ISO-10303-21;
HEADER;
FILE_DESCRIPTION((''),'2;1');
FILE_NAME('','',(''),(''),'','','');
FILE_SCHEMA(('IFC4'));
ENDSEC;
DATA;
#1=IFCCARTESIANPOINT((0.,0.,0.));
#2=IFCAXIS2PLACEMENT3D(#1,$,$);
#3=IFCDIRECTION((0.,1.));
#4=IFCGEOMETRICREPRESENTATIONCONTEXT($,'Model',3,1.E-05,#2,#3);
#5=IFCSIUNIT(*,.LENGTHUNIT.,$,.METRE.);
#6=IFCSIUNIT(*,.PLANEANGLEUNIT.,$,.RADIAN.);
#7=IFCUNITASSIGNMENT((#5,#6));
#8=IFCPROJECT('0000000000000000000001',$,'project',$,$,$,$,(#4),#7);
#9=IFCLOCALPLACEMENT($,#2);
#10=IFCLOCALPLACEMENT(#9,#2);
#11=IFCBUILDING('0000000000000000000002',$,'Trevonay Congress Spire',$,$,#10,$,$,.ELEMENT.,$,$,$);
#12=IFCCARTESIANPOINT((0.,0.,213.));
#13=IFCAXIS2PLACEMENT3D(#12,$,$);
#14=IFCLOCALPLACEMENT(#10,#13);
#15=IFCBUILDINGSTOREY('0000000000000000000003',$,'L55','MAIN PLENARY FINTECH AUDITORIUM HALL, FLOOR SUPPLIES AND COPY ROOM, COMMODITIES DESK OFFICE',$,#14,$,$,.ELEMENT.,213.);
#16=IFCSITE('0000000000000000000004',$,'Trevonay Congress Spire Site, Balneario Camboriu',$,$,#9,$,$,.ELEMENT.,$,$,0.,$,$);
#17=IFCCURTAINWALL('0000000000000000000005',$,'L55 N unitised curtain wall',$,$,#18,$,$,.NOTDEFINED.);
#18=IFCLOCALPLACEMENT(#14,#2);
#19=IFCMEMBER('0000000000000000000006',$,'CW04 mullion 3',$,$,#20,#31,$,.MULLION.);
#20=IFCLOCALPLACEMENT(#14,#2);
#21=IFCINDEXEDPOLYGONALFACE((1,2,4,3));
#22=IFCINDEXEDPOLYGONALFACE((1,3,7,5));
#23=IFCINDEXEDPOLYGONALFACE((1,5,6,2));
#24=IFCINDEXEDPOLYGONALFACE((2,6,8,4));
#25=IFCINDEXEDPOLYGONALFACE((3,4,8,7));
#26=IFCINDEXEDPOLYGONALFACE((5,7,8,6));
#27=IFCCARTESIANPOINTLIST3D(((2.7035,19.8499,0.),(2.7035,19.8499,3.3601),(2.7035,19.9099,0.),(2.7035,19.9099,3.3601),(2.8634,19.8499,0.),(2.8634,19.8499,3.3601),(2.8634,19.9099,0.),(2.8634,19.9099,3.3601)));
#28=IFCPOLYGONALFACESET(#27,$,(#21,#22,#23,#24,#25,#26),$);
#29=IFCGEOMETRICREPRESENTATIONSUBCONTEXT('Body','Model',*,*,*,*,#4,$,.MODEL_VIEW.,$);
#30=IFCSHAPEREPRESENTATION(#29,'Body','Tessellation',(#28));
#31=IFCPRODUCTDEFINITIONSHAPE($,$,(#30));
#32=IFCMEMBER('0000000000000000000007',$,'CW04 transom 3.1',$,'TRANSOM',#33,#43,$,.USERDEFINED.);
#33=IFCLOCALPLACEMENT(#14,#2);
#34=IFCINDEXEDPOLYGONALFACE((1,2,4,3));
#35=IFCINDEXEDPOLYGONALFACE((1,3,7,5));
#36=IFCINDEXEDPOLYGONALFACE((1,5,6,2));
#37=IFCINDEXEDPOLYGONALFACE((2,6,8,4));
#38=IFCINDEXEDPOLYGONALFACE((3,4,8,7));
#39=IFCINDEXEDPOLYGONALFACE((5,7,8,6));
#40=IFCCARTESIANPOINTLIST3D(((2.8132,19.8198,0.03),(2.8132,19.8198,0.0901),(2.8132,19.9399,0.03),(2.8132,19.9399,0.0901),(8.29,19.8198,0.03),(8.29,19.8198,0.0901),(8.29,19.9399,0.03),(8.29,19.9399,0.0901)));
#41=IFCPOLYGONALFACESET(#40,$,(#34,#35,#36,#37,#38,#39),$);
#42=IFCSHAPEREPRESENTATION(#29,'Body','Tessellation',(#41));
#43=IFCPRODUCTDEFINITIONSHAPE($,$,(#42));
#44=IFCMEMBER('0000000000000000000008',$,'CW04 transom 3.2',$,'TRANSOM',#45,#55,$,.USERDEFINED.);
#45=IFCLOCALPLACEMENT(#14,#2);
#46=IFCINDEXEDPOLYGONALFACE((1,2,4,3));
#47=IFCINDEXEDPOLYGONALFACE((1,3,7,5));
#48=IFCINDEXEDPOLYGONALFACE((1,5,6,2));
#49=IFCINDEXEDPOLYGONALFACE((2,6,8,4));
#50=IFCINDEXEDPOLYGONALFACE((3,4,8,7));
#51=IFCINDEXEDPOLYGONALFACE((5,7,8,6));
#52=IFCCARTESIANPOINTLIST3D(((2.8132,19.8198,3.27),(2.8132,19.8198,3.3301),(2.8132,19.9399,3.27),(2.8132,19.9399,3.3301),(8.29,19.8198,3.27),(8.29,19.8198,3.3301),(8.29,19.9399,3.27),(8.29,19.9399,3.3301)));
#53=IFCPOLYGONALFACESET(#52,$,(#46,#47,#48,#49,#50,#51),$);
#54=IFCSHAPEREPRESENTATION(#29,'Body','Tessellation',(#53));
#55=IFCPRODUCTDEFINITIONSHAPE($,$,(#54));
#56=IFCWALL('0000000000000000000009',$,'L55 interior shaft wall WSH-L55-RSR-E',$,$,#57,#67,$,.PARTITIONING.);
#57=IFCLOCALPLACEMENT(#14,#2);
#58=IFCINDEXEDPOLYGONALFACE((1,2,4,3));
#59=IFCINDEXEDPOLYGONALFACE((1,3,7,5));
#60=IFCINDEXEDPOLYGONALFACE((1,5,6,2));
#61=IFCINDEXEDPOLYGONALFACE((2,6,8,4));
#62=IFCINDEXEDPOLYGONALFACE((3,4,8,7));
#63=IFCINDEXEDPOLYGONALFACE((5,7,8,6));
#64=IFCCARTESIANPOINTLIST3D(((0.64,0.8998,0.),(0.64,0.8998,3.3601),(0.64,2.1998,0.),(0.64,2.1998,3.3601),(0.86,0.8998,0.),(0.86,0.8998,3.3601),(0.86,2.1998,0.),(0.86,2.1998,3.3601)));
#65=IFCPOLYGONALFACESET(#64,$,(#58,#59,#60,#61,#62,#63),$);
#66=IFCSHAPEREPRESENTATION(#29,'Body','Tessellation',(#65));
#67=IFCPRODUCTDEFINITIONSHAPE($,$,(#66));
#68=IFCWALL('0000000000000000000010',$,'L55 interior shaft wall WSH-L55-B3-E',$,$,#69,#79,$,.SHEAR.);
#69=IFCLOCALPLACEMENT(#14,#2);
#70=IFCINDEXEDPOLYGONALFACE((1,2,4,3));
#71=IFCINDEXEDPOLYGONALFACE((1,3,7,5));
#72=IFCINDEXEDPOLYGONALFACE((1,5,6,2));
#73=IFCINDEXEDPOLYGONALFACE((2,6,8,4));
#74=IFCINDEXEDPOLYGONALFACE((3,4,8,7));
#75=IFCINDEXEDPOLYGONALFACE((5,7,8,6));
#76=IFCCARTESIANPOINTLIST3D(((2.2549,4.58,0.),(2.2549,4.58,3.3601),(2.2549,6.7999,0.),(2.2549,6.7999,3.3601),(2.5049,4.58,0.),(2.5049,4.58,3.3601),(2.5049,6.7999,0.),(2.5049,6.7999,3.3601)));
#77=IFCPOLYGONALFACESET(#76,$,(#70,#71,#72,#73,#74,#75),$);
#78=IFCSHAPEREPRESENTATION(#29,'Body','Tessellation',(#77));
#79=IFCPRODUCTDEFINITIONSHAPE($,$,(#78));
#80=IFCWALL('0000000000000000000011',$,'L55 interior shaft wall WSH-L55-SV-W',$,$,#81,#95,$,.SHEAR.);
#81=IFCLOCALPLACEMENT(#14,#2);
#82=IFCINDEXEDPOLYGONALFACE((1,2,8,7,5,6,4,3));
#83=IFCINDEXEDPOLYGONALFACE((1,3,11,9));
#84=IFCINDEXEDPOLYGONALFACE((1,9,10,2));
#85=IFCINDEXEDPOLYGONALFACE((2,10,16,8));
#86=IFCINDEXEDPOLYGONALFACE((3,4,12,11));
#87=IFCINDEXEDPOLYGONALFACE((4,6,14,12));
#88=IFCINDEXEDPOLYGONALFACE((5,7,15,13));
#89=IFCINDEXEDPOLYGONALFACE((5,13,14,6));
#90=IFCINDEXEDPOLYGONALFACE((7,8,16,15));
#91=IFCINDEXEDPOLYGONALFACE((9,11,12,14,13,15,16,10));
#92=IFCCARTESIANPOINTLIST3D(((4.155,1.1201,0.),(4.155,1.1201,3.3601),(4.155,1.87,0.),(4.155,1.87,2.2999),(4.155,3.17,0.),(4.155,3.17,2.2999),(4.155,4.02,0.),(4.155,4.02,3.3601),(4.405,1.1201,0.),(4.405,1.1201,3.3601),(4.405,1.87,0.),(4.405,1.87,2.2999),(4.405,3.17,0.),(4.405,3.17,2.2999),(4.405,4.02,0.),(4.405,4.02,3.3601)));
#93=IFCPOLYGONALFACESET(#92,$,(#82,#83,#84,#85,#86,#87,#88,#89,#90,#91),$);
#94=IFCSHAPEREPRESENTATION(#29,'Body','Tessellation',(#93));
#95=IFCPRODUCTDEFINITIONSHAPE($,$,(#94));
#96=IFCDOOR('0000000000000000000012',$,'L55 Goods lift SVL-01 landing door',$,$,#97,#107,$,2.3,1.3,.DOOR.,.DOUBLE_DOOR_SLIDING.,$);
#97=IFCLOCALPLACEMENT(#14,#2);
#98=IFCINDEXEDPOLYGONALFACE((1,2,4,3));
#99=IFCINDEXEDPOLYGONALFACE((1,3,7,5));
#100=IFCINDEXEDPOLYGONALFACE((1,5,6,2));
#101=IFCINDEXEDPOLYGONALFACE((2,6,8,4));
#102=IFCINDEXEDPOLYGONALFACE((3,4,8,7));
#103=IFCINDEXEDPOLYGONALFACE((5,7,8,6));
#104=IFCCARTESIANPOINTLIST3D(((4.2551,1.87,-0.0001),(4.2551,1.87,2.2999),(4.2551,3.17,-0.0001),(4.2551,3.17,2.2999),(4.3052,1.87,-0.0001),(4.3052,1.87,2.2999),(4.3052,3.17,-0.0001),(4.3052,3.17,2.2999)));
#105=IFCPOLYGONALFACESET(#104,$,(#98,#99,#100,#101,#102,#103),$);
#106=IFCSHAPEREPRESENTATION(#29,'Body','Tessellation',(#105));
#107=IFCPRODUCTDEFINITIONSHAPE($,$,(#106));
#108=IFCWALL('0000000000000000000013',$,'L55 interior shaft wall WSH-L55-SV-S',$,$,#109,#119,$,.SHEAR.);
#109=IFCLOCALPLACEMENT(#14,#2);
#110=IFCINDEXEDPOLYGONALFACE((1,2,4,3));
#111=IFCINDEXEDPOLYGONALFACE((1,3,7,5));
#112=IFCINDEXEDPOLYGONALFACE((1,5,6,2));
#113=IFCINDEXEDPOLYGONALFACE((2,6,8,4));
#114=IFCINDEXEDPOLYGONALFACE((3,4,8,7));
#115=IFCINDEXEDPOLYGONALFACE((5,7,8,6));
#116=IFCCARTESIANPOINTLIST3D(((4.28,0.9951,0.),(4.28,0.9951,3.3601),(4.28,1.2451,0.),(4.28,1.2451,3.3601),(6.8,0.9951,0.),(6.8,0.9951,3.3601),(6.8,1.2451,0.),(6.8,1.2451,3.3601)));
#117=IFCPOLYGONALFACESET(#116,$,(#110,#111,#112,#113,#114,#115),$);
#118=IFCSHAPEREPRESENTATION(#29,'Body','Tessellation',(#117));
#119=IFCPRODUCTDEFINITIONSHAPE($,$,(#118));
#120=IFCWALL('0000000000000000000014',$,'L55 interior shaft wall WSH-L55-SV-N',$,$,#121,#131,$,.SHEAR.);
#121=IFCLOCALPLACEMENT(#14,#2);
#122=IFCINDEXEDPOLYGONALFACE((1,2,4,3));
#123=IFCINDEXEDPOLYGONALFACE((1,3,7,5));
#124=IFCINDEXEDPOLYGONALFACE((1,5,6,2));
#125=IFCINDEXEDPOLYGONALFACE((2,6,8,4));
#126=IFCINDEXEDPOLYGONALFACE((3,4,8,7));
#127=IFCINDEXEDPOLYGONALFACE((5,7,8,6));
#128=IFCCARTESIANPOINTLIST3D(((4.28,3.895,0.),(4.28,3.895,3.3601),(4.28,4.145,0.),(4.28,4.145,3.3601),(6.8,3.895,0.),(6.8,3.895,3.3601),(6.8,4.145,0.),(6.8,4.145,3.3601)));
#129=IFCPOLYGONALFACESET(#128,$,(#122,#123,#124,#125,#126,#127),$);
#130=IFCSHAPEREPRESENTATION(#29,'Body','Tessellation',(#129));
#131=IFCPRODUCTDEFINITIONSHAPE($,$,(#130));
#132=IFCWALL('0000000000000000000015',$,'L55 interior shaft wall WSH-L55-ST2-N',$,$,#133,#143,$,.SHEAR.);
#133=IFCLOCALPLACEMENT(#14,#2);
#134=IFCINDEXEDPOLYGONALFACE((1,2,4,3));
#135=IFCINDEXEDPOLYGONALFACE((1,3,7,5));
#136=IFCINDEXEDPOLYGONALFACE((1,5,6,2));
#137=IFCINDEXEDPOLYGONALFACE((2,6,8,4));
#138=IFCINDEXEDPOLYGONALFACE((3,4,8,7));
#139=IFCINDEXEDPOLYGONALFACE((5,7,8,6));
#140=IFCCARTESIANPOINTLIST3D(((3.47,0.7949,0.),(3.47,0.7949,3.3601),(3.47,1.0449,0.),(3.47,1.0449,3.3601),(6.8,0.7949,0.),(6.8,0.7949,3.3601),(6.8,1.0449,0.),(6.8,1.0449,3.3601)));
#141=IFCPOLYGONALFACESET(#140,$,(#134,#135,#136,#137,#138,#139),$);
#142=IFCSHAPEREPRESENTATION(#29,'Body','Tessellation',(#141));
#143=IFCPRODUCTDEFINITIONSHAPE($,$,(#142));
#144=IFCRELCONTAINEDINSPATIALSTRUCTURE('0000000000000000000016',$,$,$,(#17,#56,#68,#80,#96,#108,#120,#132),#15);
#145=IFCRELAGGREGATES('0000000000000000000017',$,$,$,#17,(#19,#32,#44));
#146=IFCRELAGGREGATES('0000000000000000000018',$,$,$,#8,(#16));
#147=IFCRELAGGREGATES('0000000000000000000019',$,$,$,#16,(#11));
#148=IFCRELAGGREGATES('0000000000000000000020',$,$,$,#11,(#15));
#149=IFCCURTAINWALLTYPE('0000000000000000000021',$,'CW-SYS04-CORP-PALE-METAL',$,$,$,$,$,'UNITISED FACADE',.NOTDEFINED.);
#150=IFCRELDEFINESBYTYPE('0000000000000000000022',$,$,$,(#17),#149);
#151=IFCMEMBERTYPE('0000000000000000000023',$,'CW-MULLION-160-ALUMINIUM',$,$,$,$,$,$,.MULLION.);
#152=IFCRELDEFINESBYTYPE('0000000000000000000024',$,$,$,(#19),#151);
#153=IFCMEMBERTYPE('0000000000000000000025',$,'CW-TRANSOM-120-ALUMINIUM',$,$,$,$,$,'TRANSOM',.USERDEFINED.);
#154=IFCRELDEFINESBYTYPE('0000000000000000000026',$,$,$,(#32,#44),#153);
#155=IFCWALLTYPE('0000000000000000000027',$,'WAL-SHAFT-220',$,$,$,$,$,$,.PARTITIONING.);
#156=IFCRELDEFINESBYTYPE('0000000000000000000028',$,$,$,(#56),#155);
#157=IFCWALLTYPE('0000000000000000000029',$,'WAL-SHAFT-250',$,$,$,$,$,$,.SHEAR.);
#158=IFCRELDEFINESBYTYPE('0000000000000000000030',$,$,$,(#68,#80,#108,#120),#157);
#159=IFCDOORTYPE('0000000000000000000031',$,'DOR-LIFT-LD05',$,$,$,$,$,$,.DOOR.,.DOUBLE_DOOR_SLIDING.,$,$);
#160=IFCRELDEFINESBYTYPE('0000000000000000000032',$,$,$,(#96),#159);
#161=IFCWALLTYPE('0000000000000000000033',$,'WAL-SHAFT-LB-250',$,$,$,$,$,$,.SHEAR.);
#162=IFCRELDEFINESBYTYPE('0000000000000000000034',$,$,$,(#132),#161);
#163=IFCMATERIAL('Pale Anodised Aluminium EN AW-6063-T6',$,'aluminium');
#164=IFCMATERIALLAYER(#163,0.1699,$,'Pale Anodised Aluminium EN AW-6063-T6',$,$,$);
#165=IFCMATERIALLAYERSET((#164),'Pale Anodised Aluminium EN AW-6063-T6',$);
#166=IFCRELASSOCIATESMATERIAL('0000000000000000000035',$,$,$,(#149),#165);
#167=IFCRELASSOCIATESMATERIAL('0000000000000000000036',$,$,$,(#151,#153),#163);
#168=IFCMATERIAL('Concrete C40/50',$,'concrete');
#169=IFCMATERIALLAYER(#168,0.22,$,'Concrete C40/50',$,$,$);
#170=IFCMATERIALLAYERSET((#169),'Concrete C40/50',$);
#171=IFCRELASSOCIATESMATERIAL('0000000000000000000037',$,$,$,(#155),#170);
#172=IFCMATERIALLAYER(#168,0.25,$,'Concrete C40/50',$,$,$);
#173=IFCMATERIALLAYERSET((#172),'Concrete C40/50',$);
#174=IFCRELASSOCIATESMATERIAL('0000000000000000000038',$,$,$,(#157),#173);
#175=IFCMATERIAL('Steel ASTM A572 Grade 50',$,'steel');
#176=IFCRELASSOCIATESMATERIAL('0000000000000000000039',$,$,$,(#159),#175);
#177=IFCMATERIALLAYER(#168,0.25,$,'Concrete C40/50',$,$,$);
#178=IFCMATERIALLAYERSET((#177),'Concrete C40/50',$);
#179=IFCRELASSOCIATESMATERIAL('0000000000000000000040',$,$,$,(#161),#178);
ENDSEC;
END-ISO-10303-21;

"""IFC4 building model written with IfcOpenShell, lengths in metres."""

from ifc_helpers import new_model, si_unit, direction, frame, frame_2d, origin, origin_2d, place, context, subcontext, project, spatial, rectangle, extrude, material, layer, layer_set, material_profile, profile_set, type_object, element, fill, aggregate, save


model = new_model("IFC4")

# Units and contexts
model_context = context("Model", 3, precision=1e-05, world=origin(), true_north=direction((0.0, 1.0)))
body_context = subcontext(model_context, "Body", "Model", "MODEL_VIEW")
ifc_project = project(units=[si_unit("LENGTHUNIT", "METRE"), si_unit("PLANEANGLEUNIT", "RADIAN")], contexts=[model_context])

# Site, building, storey
site_placement = place(None, origin())
site = spatial("IfcSite", under=ifc_project, at=site_placement, Name="Trevonay Congress Spire Site, Balneario Camboriu", CompositionType="ELEMENT", RefElevation=0.0)
building_placement = place(site_placement, origin())
building = spatial("IfcBuilding", under=site, at=building_placement, Name="Trevonay Congress Spire", CompositionType="ELEMENT")
storey_placement = place(building_placement, frame((0.0, 0.0, 213.0)))
storey = spatial("IfcBuildingStorey", under=building, at=storey_placement, Name="L55", Description="MAIN PLENARY FINTECH AUDITORIUM HALL, FLOOR SUPPLIES AND COPY ROOM, COMMODITIES DESK OFFICE", CompositionType="ELEMENT", Elevation=213.0)

# Shared definitions
ifc_material_1 = material(Name="Steel ASTM A572 Grade 50", Category="steel")

# Curtain wall, members
ifc_material_2 = material(Name="Pale Anodised Aluminium EN AW-6063-T6", Category="aluminium")
ifc_layer_1 = layer(ifc_material_2, 0.1699, Name="Pale Anodised Aluminium EN AW-6063-T6")
ifc_layer_set_1 = layer_set([ifc_layer_1], Name="Pale Anodised Aluminium EN AW-6063-T6")
curtain_wall_type = type_object("IfcCurtainWallType", Name="CW-SYS04-CORP-PALE-METAL", ElementType="UNITISED FACADE", PredefinedType="NOTDEFINED", material=ifc_layer_set_1)
curtain_wall_placement = place(storey_placement, origin())
curtain_wall = element("IfcCurtainWall", 1, at=curtain_wall_placement, inside=storey, type_object=curtain_wall_type, Name="L55 N unitised curtain wall", PredefinedType="NOTDEFINED")
ifc_material_profile_1 = material_profile(ifc_material_2, rectangle(XDim=0.0601, YDim=0.1599, at=origin_2d()), Name="CW-MULLION-160-ALUMINIUM")
ifc_profile_set_1 = profile_set([ifc_material_profile_1], Name="Pale Anodised Aluminium EN AW-6063-T6")
member_type_1 = type_object("IfcMemberType", Name="CW-MULLION-160-ALUMINIUM", PredefinedType="MULLION", material=ifc_profile_set_1)
member_1_placement = place(storey_placement, frame((2.7834, 19.8799, 0.0), z_axis=(0.0, 0.0, 1.0), x_axis=(0.0, 1.0, 0.0)))
member_1 = element("IfcMember", 2, at=member_1_placement, type_object=member_type_1, Name="CW04 mullion 3", PredefinedType="MULLION", context=body_context, shape_type="SweptSolid", body=[
    extrude(rectangle(XDim=0.0601, YDim=0.1599, at=origin_2d()), origin(), (0.0, 0.0, 1.0), 3.3601),
])
ifc_material_profile_2 = material_profile(ifc_material_2, rectangle(XDim=0.1201, YDim=0.0601, at=origin_2d()), Name="CW-TRANSOM-120-ALUMINIUM")
ifc_profile_set_2 = profile_set([ifc_material_profile_2], Name="Pale Anodised Aluminium EN AW-6063-T6")
member_type_2 = type_object("IfcMemberType", Name="CW-TRANSOM-120-ALUMINIUM", ElementType="TRANSOM", PredefinedType="USERDEFINED", material=ifc_profile_set_2)
member_2_placement = place(storey_placement, frame((2.8132, 19.8799, 0.0601), z_axis=(1.0, 0.0, 0.0), x_axis=(0.0, 1.0, 0.0)))
member_2 = element("IfcMember", 3, at=member_2_placement, type_object=member_type_2, Name="CW04 transom 3.1", ObjectType="TRANSOM", PredefinedType="USERDEFINED", context=body_context, shape_type="SweptSolid", body=[
    extrude(rectangle(XDim=0.1201, YDim=0.0601, at=origin_2d()), origin(), (0.0, 0.0, 1.0), 5.4768),
])
member_3_placement = place(storey_placement, frame((2.8132, 19.8799, 3.3), z_axis=(1.0, 0.0, 0.0), x_axis=(0.0, 1.0, 0.0)))
member_3 = element("IfcMember", 4, at=member_3_placement, type_object=member_type_2, Name="CW04 transom 3.2", ObjectType="TRANSOM", PredefinedType="USERDEFINED", context=body_context, shape_type="SweptSolid", body=[
    extrude(rectangle(XDim=0.1201, YDim=0.0601, at=origin_2d()), origin(), (0.0, 0.0, 1.0), 5.4768),
])
aggregate(curtain_wall, [member_1, member_2, member_3])

# Walls
ifc_material_3 = material(Name="Concrete C40/50", Category="concrete")
ifc_layer_2 = layer(ifc_material_3, 0.22, Name="Concrete C40/50")
ifc_layer_set_2 = layer_set([ifc_layer_2], Name="Concrete C40/50")
wall_type_1 = type_object("IfcWallType", Name="WAL-SHAFT-220", PredefinedType="PARTITIONING", material=ifc_layer_set_2)
wall_1_placement = place(storey_placement, frame((0.75, 0.8999, 0.0), z_axis=(0.0, 0.0, 1.0), x_axis=(0.0, 1.0, 0.0)))
element("IfcWall", 5, at=wall_1_placement, inside=storey, type_object=wall_type_1, Name="L55 interior shaft wall WSH-L55-RSR-E", PredefinedType="PARTITIONING", context=body_context, shape_type="SweptSolid", body=[
    extrude(rectangle(XDim=1.3, YDim=0.22, at=frame_2d((0.6499, 0.0))), origin(), (0.0, 0.0, 1.0), 3.3601),
])
ifc_layer_3 = layer(ifc_material_3, 0.25, Name="Concrete C40/50")
ifc_layer_set_3 = layer_set([ifc_layer_3], Name="Concrete C40/50")
wall_type_2 = type_object("IfcWallType", Name="WAL-SHAFT-250", PredefinedType="SHEAR", material=ifc_layer_set_3)
wall_2_placement = place(storey_placement, frame((2.3799, 4.5801, 0.0), z_axis=(0.0, 0.0, 1.0), x_axis=(0.0, 1.0, 0.0)))
element("IfcWall", 6, at=wall_2_placement, inside=storey, type_object=wall_type_2, Name="L55 interior shaft wall WSH-L55-B3-E", PredefinedType="SHEAR", context=body_context, shape_type="SweptSolid", body=[
    extrude(rectangle(XDim=2.22, YDim=0.25, at=frame_2d((1.1099, 0.0))), origin(), (0.0, 0.0, 1.0), 3.3601),
])

# Wall, opening, door
wall_3_placement = place(storey_placement, frame((4.28, 1.1201, 0.0), z_axis=(0.0, 0.0, 1.0), x_axis=(0.0, 1.0, 0.0)))
wall_3 = element("IfcWall", 7, at=wall_3_placement, inside=storey, type_object=wall_type_2, Name="L55 interior shaft wall WSH-L55-SV-W", PredefinedType="SHEAR", context=body_context, shape_type="SweptSolid", body=[
    extrude(rectangle(XDim=2.8999, YDim=0.25, at=frame_2d((1.45, 0.0))), origin(), (0.0, 0.0, 1.0), 3.3601),
])
opening_placement = place(wall_3_placement, frame((0.75, 0.0, 0.0)))
opening = element("IfcOpeningElement", 8, at=opening_placement, cuts=wall_3, PredefinedType="OPENING", context=body_context, shape_type="SweptSolid", body=[
    extrude(rectangle(XDim=1.3, YDim=2.3, at=frame_2d((0.6499, 1.1499))), frame((0.0, 0.135, 0.0), z_axis=(0.0, -1.0, 0.0), x_axis=(1.0, 0.0, 0.0)), (0.0, 0.0, 1.0), 0.27),
])
door_type = type_object("IfcDoorType", Name="DOR-LIFT-LD05", OperationType="DOUBLE_DOOR_SLIDING", PredefinedType="DOOR", material=ifc_material_1)
door_placement = place(opening_placement, origin())
door = element("IfcDoor", 9, at=door_placement, inside=storey, type_object=door_type, Name="L55 Goods lift SVL-01 landing door", OperationType="DOUBLE_DOOR_SLIDING", OverallHeight=2.3, OverallWidth=1.3, PredefinedType="DOOR", context=body_context, shape_type="SweptSolid", body=[
    extrude(rectangle(XDim=1.3, YDim=2.3, at=frame_2d((0.6499, 1.1499))), frame((0.0, 0.0249, 0.0), z_axis=(0.0, -1.0, 0.0), x_axis=(1.0, 0.0, 0.0)), (0.0, 0.0, 1.0), 0.05),
])
fill(opening, door)

# Walls
for number, where, z_axis, x_axis, name in (
    (10, (4.28, 1.1201, 0.0), (0.0, 0.0, 1.0), (1.0, 0.0, 0.0), "L55 interior shaft wall WSH-L55-SV-S"),
    (11, (4.28, 4.02, 0.0), (0.0, 0.0, 1.0), (1.0, 0.0, 0.0), "L55 interior shaft wall WSH-L55-SV-N"),
):
    element("IfcWall", number, at=place(storey_placement, frame(where, z_axis=z_axis, x_axis=x_axis)), inside=storey, type_object=wall_type_2, Name=name, PredefinedType="SHEAR", context=body_context, shape_type="SweptSolid", body=[
        extrude(rectangle(XDim=2.52, YDim=0.25, at=frame_2d((1.26, 0.0))), origin(), (0.0, 0.0, 1.0), 3.3601),
    ])
ifc_layer_4 = layer(ifc_material_3, 0.25, Name="Concrete C40/50")
ifc_layer_set_4 = layer_set([ifc_layer_4], Name="Concrete C40/50")
wall_type_3 = type_object("IfcWallType", Name="WAL-SHAFT-LB-250", PredefinedType="SHEAR", material=ifc_layer_set_4)
wall_4_placement = place(storey_placement, frame((3.47, 0.9199, 0.0), z_axis=(0.0, 0.0, 1.0), x_axis=(1.0, 0.0, 0.0)))
element("IfcWall", 12, at=wall_4_placement, inside=storey, type_object=wall_type_3, Name="L55 interior shaft wall WSH-L55-ST2-N", PredefinedType="SHEAR", context=body_context, shape_type="SweptSolid", body=[
    extrude(rectangle(XDim=3.3301, YDim=0.25, at=frame_2d((1.665, 0.0))), origin(), (0.0, 0.0, 1.0), 3.3601),
])

save(model, "model.ifc")
